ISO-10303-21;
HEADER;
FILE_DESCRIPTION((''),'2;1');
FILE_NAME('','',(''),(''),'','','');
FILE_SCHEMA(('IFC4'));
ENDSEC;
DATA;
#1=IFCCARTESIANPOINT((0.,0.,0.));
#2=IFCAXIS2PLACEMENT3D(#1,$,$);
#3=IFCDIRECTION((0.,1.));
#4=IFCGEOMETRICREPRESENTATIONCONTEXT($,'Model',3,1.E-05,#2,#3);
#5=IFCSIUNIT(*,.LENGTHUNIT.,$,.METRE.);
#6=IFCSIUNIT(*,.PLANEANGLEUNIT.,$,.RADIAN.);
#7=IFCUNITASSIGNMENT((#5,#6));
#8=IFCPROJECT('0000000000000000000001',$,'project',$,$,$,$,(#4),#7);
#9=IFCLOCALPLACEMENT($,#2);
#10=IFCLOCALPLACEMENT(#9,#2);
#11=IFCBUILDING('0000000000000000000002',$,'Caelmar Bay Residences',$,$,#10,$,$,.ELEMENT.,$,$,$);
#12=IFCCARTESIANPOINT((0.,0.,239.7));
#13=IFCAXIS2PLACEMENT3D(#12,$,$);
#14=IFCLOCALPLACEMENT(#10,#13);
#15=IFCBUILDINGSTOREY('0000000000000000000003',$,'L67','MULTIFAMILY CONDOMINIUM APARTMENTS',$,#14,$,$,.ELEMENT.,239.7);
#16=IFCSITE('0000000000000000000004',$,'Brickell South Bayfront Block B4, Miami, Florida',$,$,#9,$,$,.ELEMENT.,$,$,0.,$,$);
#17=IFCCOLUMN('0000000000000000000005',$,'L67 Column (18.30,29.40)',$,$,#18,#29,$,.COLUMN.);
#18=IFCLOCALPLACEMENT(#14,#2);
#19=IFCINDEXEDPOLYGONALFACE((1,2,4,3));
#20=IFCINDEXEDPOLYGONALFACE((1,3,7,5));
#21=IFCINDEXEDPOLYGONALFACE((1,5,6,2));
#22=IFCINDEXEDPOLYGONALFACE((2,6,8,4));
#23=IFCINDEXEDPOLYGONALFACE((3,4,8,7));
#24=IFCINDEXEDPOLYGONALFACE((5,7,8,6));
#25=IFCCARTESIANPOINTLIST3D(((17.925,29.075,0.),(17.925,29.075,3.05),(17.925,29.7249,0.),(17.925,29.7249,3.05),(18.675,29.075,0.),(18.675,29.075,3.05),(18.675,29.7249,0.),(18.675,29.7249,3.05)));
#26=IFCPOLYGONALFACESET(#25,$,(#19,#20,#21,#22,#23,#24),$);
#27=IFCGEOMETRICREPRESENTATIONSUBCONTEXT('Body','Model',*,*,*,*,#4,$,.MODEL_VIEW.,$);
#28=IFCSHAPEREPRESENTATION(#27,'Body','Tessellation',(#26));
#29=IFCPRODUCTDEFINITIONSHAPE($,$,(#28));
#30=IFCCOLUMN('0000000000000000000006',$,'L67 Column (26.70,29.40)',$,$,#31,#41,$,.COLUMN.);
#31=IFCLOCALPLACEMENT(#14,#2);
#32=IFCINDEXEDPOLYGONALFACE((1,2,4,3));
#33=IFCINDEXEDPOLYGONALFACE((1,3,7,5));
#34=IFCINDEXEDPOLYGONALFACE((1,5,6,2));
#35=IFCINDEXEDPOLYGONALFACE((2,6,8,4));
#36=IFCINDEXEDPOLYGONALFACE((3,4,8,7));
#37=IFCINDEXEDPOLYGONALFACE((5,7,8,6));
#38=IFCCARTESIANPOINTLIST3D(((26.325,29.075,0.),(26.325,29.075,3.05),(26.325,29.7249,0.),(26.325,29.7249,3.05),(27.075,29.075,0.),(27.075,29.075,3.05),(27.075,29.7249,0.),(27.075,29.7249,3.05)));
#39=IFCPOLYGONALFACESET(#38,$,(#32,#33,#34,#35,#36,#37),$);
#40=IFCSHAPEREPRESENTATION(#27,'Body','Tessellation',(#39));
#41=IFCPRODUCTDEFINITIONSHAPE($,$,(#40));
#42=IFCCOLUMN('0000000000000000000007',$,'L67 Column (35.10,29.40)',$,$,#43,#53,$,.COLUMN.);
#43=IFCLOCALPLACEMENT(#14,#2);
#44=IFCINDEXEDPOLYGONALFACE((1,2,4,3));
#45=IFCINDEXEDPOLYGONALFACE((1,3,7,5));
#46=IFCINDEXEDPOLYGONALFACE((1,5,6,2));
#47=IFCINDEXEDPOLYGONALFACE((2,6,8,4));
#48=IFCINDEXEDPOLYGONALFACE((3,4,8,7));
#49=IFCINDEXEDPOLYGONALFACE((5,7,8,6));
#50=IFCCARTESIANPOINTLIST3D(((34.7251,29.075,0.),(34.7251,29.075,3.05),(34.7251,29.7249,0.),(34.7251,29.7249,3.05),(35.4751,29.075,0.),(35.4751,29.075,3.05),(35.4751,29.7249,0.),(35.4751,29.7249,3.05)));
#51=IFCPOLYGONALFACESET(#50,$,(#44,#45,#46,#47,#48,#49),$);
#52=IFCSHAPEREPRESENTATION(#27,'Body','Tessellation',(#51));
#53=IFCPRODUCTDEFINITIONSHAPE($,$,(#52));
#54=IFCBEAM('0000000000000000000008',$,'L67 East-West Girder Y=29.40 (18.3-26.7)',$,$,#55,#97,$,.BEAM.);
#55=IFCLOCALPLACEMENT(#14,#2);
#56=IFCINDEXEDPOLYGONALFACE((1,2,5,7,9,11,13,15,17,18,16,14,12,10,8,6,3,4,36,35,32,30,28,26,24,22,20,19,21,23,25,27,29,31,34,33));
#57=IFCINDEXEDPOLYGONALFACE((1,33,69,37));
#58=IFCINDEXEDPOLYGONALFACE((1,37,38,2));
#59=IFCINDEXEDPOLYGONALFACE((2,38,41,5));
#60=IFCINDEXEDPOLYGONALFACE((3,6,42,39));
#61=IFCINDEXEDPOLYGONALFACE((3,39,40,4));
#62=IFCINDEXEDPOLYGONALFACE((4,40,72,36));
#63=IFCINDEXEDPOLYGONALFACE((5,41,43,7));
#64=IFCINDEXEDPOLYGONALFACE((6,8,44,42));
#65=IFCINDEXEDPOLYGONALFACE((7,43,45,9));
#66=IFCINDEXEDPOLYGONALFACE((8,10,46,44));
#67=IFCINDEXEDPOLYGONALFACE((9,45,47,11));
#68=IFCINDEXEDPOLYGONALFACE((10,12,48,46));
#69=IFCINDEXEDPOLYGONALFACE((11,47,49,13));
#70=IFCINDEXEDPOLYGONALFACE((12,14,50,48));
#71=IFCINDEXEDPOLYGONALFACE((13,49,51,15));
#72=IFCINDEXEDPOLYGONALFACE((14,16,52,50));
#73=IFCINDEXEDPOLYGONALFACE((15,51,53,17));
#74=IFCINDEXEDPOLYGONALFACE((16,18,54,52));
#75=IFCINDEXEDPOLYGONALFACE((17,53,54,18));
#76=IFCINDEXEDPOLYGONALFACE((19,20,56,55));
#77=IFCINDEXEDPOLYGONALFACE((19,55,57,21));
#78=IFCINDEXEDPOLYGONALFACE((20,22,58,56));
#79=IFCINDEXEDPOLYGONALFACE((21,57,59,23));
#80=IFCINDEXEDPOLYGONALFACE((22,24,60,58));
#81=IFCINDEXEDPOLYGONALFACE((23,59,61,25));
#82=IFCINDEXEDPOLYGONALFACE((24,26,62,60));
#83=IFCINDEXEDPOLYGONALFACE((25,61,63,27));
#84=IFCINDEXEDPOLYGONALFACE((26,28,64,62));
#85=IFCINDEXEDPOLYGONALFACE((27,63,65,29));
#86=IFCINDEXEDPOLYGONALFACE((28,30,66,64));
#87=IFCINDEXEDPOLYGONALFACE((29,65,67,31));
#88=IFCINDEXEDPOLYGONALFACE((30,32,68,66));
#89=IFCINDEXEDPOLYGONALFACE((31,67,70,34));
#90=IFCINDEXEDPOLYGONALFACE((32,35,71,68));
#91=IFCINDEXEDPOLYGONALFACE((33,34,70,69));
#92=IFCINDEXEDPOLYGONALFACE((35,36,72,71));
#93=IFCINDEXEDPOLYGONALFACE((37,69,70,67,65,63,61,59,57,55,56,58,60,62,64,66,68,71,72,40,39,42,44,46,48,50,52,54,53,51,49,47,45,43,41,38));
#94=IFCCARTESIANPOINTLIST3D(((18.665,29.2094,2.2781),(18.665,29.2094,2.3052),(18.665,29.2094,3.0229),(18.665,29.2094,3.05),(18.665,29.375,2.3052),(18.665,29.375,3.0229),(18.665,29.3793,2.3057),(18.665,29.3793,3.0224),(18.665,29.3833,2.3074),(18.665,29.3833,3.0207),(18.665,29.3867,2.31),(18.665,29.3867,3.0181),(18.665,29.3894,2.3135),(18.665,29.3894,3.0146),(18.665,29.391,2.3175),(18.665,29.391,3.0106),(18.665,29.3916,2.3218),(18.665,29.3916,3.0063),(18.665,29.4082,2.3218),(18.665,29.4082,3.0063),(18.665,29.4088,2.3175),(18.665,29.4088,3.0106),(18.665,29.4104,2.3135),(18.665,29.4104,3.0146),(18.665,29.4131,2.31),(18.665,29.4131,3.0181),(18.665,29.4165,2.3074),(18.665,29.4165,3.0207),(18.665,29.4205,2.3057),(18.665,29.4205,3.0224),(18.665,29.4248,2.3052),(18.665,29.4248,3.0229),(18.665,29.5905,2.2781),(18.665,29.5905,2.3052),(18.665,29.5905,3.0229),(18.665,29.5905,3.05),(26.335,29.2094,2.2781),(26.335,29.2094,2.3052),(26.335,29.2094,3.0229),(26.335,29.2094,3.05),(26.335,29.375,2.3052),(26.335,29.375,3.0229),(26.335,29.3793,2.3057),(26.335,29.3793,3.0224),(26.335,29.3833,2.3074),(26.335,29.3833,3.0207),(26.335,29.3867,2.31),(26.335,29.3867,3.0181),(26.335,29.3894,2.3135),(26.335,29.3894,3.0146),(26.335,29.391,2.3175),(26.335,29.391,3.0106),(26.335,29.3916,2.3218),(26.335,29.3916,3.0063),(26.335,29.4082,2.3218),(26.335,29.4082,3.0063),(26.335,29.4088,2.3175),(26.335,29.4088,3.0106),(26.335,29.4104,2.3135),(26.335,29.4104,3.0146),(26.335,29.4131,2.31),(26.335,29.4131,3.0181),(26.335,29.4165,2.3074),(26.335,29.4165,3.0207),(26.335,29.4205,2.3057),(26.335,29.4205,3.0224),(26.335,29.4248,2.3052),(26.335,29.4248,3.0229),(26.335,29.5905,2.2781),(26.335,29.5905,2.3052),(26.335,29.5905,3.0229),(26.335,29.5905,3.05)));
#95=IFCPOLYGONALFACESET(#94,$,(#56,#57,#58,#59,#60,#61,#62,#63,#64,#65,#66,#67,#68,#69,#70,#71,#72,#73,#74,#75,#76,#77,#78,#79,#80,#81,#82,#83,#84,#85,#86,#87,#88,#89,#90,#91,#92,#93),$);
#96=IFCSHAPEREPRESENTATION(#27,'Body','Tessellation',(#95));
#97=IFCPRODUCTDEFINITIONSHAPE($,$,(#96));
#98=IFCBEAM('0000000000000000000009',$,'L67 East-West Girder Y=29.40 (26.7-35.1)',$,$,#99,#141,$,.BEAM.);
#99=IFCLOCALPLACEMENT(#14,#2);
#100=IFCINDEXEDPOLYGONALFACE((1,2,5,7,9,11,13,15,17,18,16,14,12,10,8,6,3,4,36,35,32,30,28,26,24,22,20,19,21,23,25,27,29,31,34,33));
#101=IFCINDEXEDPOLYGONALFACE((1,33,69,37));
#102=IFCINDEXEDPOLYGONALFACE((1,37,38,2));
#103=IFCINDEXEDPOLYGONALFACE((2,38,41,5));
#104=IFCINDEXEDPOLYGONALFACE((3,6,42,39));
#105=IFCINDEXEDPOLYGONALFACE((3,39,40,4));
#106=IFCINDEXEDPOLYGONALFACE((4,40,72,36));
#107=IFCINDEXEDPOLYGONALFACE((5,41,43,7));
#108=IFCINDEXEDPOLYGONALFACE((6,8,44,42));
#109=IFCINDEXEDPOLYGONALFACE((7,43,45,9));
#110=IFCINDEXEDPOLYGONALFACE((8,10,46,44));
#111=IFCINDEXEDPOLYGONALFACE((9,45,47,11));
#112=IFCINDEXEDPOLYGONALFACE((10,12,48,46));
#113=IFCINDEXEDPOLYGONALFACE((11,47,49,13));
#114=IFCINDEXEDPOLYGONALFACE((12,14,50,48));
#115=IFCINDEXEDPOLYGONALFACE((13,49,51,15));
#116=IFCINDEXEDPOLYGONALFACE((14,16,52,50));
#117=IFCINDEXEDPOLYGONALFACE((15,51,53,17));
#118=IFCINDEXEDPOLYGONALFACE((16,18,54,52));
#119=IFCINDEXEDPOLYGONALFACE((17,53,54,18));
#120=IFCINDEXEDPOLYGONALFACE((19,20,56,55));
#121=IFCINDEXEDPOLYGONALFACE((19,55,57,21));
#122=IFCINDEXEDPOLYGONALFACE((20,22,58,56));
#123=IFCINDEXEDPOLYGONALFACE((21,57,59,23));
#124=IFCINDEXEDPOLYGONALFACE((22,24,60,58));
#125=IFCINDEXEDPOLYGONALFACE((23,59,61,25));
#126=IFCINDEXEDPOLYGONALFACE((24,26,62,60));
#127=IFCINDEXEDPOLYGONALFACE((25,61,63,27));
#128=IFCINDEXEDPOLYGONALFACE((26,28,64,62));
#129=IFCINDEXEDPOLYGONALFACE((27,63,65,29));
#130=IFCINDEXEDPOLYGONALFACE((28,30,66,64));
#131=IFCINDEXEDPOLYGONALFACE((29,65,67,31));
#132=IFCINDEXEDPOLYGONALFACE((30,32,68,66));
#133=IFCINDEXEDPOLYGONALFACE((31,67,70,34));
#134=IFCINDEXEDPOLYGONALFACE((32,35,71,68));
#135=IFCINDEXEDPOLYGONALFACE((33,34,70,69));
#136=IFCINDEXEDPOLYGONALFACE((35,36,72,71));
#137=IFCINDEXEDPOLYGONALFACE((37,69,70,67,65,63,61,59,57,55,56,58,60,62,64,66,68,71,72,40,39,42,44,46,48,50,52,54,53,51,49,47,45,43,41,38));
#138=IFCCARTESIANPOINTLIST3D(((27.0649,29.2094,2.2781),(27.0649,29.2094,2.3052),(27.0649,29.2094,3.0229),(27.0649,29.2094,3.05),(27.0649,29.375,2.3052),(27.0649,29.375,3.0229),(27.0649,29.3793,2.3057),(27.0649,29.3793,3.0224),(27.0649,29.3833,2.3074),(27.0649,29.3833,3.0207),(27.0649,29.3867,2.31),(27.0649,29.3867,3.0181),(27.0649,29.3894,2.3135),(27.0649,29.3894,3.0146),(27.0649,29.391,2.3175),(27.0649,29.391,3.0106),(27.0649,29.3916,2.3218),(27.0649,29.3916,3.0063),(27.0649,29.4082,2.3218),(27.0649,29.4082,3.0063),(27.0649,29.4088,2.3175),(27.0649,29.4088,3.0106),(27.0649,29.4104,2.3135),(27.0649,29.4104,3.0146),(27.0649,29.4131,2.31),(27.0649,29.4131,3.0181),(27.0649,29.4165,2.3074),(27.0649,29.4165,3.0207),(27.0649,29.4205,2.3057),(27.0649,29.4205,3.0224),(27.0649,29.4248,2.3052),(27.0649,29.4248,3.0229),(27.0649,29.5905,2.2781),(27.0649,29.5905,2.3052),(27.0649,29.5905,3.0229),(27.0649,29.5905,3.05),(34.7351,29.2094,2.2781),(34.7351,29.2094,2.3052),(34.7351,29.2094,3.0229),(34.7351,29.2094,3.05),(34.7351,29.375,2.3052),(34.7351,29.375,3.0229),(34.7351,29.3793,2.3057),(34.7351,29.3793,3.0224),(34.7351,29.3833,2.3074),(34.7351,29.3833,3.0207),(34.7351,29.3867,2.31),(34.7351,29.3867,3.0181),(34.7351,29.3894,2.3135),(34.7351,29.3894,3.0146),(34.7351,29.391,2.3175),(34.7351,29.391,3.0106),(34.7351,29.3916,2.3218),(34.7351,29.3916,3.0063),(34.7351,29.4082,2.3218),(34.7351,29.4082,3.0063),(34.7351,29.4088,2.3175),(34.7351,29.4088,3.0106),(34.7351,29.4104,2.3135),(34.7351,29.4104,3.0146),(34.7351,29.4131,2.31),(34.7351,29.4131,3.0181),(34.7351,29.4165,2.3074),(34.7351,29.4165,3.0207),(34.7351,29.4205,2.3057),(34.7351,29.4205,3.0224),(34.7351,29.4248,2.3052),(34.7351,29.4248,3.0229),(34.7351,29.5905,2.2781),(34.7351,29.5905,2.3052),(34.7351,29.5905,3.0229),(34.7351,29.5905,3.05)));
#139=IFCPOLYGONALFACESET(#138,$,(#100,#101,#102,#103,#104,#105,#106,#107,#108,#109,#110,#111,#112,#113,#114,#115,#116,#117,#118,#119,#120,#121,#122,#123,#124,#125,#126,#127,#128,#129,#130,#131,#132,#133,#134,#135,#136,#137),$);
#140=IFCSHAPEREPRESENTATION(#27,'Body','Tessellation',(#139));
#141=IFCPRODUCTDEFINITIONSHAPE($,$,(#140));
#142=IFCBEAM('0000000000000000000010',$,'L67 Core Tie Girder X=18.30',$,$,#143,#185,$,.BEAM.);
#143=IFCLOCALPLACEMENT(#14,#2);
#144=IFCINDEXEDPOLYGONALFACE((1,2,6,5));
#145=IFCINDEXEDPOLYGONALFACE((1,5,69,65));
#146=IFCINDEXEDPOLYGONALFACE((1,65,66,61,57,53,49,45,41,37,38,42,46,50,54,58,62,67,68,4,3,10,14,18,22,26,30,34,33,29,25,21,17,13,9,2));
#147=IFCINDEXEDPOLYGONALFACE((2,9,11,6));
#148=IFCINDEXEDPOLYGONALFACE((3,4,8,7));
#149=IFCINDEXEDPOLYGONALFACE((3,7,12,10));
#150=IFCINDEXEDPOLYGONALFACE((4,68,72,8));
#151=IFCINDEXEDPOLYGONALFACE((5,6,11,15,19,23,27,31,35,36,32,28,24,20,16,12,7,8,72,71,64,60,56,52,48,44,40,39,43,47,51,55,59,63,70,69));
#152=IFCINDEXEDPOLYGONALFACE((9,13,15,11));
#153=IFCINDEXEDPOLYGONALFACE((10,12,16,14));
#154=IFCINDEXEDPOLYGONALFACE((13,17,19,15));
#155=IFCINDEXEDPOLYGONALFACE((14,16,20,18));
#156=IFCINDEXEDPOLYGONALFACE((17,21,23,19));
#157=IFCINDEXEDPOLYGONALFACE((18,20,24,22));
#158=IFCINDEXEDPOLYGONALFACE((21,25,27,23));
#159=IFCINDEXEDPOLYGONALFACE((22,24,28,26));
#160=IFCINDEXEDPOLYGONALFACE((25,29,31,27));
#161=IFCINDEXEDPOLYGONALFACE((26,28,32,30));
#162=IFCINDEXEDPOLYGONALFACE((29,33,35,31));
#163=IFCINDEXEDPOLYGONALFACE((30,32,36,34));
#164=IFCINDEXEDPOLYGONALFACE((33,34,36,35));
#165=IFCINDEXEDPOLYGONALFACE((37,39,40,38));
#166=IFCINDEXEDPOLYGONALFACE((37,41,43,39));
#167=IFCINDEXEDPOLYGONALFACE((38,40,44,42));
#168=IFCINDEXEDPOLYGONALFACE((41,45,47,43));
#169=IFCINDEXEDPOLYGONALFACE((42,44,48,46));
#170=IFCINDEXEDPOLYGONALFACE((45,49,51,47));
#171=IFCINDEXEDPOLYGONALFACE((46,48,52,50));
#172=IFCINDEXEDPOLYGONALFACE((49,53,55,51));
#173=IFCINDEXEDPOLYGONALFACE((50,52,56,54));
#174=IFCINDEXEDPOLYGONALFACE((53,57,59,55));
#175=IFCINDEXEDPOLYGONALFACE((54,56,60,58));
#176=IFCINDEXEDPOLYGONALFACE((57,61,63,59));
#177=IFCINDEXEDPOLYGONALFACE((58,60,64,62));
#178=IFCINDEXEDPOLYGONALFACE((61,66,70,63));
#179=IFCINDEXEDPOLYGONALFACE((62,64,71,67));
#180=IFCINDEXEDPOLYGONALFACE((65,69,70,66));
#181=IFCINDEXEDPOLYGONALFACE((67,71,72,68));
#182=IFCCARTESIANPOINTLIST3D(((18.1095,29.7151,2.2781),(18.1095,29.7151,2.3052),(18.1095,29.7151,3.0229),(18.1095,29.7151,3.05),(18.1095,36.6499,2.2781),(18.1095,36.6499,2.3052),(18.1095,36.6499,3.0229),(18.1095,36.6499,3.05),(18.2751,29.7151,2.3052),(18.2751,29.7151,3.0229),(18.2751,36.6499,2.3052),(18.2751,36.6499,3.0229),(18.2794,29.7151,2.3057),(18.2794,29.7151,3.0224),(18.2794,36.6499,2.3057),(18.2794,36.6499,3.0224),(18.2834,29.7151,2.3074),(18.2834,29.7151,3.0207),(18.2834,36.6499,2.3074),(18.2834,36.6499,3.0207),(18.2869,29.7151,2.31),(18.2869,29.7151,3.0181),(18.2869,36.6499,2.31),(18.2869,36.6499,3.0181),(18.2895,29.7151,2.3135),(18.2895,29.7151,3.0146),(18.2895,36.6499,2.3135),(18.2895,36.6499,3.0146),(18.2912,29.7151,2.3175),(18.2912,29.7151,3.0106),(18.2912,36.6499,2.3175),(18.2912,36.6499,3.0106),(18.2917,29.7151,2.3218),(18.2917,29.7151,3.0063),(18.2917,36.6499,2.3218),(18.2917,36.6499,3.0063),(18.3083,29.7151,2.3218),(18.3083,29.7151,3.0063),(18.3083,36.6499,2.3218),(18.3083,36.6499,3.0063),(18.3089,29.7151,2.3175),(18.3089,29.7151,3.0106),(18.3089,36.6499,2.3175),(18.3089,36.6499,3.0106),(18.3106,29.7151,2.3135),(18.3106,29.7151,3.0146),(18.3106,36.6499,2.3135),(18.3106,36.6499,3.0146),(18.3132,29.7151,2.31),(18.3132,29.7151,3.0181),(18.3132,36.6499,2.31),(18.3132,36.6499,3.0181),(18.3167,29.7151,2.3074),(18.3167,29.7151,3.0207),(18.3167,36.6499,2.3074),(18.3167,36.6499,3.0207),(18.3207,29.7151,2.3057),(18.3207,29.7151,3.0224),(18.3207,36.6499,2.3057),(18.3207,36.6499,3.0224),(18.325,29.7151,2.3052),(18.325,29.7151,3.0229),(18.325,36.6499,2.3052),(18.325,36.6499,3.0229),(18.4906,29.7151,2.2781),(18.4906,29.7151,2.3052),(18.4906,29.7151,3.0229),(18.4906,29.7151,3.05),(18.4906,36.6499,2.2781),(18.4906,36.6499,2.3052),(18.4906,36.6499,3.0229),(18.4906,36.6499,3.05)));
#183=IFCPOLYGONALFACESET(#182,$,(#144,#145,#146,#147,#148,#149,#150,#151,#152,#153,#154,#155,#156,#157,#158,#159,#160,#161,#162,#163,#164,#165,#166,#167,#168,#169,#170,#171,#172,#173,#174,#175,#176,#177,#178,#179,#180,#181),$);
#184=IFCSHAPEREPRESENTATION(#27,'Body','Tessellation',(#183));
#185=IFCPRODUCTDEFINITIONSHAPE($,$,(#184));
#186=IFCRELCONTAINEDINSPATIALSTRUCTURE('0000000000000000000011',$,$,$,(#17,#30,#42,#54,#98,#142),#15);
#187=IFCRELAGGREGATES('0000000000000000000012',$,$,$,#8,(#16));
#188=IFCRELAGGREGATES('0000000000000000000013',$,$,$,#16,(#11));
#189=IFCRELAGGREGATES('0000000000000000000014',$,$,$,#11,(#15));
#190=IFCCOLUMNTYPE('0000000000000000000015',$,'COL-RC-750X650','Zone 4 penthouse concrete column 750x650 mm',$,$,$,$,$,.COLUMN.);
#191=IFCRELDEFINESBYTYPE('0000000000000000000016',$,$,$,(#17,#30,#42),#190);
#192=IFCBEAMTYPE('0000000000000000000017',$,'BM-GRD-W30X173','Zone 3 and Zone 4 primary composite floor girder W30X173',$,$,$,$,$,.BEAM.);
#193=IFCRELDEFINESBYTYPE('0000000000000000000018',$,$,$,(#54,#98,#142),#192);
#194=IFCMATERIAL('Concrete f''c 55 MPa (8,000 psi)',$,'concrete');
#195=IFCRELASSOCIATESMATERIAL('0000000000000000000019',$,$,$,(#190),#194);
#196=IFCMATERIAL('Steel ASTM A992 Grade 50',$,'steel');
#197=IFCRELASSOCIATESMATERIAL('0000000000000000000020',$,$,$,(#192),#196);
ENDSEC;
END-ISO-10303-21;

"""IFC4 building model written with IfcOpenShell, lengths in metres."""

from ifc_helpers import new_model, si_unit, direction, frame, origin, origin_2d, place, context, subcontext, project, spatial, rectangle, i_section, extrude, material, material_profile, profile_set, type_object, element, save


model = new_model("IFC4")

# Units and contexts
model_context = context("Model", 3, precision=1e-05, world=origin(), true_north=direction((0.0, 1.0)))
body_context = subcontext(model_context, "Body", "Model", "MODEL_VIEW")
ifc_project = project(units=[si_unit("LENGTHUNIT", "METRE"), si_unit("PLANEANGLEUNIT", "RADIAN")], contexts=[model_context])

# Site, building, storey
site_placement = place(None, origin())
site = spatial("IfcSite", under=ifc_project, at=site_placement, Name="Brickell South Bayfront Block B4, Miami, Florida", CompositionType="ELEMENT", RefElevation=0.0)
building_placement = place(site_placement, origin())
building = spatial("IfcBuilding", under=site, at=building_placement, Name="Caelmar Bay Residences", CompositionType="ELEMENT")
storey_placement = place(building_placement, frame((0.0, 0.0, 239.7)))
storey = spatial("IfcBuildingStorey", under=building, at=storey_placement, Name="L67", Description="MULTIFAMILY CONDOMINIUM APARTMENTS", CompositionType="ELEMENT", Elevation=239.7)

# Columns
ifc_material_1 = material(Name="Concrete f'c 55 MPa (8,000 psi)", Category="concrete")
ifc_material_profile_1 = material_profile(ifc_material_1, rectangle(XDim=0.75, YDim=0.6499, at=origin_2d()), Name="RC-COL-750X650")
ifc_profile_set_1 = profile_set([ifc_material_profile_1], Name="Concrete f'c 55 MPa (8,000 psi)")
column_type = type_object("IfcColumnType", Name="COL-RC-750X650", Description="Zone 4 penthouse concrete column 750x650 mm", PredefinedType="COLUMN", material=ifc_profile_set_1)
for number, where, z_axis, x_axis, name in (
    (1, (18.3, 29.3999, 0.0), (0.0, 0.0, 1.0), (1.0, 0.0, 0.0), "L67 Column (18.30,29.40)"),
    (2, (26.7, 29.3999, 0.0), (0.0, 0.0, 1.0), (1.0, 0.0, 0.0), "L67 Column (26.70,29.40)"),
    (3, (35.1001, 29.3999, 0.0), (0.0, 0.0, 1.0), (1.0, 0.0, 0.0), "L67 Column (35.10,29.40)"),
):
    element("IfcColumn", number, at=place(storey_placement, frame(where, z_axis=z_axis, x_axis=x_axis)), inside=storey, type_object=column_type, Name=name, PredefinedType="COLUMN", context=body_context, shape_type="SweptSolid", body=[
        extrude(rectangle(XDim=0.75, YDim=0.6499, at=origin_2d()), origin(), (0.0, 0.0, 1.0), 3.05),
    ])

# Beams
ifc_material_2 = material(Name="Steel ASTM A992 Grade 50", Category="steel")
ifc_material_profile_2 = material_profile(ifc_material_2, i_section(OverallWidth=0.3811, OverallDepth=0.772, WebThickness=0.0166, FlangeThickness=0.0271, FilletRadius=0.0166, at=origin_2d()), Name="W30X173")
ifc_profile_set_2 = profile_set([ifc_material_profile_2], Name="Steel ASTM A992 Grade 50")
beam_type_1 = type_object("IfcBeamType", Name="BM-GRD-W30X173", Description="Zone 3 and Zone 4 primary composite floor girder W30X173", PredefinedType="BEAM", material=ifc_profile_set_2)
beam_1_placement = place(storey_placement, frame((18.665, 29.3999, 2.6641), z_axis=(1.0, 0.0, 0.0), x_axis=(0.0, 1.0, 0.0)))
element("IfcBeam", 4, at=beam_1_placement, inside=storey, type_object=beam_type_1, Name="L67 East-West Girder Y=29.40 (18.3-26.7)", PredefinedType="BEAM", context=body_context, shape_type="SweptSolid", body=[
    extrude(i_section(OverallWidth=0.3811, OverallDepth=0.772, WebThickness=0.0166, FlangeThickness=0.0271, FilletRadius=0.0166, at=origin_2d()), origin(), (0.0, 0.0, 1.0), 7.6699),
])
beam_2_placement = place(storey_placement, frame((27.0649, 29.3999, 2.6641), z_axis=(1.0, 0.0, 0.0), x_axis=(0.0, 1.0, 0.0)))
element("IfcBeam", 5, at=beam_2_placement, inside=storey, type_object=beam_type_1, Name="L67 East-West Girder Y=29.40 (26.7-35.1)", PredefinedType="BEAM", context=body_context, shape_type="SweptSolid", body=[
    extrude(i_section(OverallWidth=0.3811, OverallDepth=0.772, WebThickness=0.0166, FlangeThickness=0.0271, FilletRadius=0.0166, at=origin_2d()), origin(), (0.0, 0.0, 1.0), 7.6702),
])
for number, where, z_axis, x_axis, name in (
    (6, (18.3, 29.7151, 2.6641), (0.0, 1.0, 0.0), (-1.0, 0.0, 0.0), "L67 Core Tie Girder X=18.30"),
):
    element("IfcBeam", number, at=place(storey_placement, frame(where, z_axis=z_axis, x_axis=x_axis)), inside=storey, type_object=beam_type_1, Name=name, PredefinedType="BEAM", context=body_context, shape_type="SweptSolid", body=[
        extrude(i_section(OverallWidth=0.3811, OverallDepth=0.772, WebThickness=0.0166, FlangeThickness=0.0271, FilletRadius=0.0166, at=origin_2d()), origin(), (0.0, 0.0, 1.0), 6.9348),
    ])

save(model, "model.ifc")
